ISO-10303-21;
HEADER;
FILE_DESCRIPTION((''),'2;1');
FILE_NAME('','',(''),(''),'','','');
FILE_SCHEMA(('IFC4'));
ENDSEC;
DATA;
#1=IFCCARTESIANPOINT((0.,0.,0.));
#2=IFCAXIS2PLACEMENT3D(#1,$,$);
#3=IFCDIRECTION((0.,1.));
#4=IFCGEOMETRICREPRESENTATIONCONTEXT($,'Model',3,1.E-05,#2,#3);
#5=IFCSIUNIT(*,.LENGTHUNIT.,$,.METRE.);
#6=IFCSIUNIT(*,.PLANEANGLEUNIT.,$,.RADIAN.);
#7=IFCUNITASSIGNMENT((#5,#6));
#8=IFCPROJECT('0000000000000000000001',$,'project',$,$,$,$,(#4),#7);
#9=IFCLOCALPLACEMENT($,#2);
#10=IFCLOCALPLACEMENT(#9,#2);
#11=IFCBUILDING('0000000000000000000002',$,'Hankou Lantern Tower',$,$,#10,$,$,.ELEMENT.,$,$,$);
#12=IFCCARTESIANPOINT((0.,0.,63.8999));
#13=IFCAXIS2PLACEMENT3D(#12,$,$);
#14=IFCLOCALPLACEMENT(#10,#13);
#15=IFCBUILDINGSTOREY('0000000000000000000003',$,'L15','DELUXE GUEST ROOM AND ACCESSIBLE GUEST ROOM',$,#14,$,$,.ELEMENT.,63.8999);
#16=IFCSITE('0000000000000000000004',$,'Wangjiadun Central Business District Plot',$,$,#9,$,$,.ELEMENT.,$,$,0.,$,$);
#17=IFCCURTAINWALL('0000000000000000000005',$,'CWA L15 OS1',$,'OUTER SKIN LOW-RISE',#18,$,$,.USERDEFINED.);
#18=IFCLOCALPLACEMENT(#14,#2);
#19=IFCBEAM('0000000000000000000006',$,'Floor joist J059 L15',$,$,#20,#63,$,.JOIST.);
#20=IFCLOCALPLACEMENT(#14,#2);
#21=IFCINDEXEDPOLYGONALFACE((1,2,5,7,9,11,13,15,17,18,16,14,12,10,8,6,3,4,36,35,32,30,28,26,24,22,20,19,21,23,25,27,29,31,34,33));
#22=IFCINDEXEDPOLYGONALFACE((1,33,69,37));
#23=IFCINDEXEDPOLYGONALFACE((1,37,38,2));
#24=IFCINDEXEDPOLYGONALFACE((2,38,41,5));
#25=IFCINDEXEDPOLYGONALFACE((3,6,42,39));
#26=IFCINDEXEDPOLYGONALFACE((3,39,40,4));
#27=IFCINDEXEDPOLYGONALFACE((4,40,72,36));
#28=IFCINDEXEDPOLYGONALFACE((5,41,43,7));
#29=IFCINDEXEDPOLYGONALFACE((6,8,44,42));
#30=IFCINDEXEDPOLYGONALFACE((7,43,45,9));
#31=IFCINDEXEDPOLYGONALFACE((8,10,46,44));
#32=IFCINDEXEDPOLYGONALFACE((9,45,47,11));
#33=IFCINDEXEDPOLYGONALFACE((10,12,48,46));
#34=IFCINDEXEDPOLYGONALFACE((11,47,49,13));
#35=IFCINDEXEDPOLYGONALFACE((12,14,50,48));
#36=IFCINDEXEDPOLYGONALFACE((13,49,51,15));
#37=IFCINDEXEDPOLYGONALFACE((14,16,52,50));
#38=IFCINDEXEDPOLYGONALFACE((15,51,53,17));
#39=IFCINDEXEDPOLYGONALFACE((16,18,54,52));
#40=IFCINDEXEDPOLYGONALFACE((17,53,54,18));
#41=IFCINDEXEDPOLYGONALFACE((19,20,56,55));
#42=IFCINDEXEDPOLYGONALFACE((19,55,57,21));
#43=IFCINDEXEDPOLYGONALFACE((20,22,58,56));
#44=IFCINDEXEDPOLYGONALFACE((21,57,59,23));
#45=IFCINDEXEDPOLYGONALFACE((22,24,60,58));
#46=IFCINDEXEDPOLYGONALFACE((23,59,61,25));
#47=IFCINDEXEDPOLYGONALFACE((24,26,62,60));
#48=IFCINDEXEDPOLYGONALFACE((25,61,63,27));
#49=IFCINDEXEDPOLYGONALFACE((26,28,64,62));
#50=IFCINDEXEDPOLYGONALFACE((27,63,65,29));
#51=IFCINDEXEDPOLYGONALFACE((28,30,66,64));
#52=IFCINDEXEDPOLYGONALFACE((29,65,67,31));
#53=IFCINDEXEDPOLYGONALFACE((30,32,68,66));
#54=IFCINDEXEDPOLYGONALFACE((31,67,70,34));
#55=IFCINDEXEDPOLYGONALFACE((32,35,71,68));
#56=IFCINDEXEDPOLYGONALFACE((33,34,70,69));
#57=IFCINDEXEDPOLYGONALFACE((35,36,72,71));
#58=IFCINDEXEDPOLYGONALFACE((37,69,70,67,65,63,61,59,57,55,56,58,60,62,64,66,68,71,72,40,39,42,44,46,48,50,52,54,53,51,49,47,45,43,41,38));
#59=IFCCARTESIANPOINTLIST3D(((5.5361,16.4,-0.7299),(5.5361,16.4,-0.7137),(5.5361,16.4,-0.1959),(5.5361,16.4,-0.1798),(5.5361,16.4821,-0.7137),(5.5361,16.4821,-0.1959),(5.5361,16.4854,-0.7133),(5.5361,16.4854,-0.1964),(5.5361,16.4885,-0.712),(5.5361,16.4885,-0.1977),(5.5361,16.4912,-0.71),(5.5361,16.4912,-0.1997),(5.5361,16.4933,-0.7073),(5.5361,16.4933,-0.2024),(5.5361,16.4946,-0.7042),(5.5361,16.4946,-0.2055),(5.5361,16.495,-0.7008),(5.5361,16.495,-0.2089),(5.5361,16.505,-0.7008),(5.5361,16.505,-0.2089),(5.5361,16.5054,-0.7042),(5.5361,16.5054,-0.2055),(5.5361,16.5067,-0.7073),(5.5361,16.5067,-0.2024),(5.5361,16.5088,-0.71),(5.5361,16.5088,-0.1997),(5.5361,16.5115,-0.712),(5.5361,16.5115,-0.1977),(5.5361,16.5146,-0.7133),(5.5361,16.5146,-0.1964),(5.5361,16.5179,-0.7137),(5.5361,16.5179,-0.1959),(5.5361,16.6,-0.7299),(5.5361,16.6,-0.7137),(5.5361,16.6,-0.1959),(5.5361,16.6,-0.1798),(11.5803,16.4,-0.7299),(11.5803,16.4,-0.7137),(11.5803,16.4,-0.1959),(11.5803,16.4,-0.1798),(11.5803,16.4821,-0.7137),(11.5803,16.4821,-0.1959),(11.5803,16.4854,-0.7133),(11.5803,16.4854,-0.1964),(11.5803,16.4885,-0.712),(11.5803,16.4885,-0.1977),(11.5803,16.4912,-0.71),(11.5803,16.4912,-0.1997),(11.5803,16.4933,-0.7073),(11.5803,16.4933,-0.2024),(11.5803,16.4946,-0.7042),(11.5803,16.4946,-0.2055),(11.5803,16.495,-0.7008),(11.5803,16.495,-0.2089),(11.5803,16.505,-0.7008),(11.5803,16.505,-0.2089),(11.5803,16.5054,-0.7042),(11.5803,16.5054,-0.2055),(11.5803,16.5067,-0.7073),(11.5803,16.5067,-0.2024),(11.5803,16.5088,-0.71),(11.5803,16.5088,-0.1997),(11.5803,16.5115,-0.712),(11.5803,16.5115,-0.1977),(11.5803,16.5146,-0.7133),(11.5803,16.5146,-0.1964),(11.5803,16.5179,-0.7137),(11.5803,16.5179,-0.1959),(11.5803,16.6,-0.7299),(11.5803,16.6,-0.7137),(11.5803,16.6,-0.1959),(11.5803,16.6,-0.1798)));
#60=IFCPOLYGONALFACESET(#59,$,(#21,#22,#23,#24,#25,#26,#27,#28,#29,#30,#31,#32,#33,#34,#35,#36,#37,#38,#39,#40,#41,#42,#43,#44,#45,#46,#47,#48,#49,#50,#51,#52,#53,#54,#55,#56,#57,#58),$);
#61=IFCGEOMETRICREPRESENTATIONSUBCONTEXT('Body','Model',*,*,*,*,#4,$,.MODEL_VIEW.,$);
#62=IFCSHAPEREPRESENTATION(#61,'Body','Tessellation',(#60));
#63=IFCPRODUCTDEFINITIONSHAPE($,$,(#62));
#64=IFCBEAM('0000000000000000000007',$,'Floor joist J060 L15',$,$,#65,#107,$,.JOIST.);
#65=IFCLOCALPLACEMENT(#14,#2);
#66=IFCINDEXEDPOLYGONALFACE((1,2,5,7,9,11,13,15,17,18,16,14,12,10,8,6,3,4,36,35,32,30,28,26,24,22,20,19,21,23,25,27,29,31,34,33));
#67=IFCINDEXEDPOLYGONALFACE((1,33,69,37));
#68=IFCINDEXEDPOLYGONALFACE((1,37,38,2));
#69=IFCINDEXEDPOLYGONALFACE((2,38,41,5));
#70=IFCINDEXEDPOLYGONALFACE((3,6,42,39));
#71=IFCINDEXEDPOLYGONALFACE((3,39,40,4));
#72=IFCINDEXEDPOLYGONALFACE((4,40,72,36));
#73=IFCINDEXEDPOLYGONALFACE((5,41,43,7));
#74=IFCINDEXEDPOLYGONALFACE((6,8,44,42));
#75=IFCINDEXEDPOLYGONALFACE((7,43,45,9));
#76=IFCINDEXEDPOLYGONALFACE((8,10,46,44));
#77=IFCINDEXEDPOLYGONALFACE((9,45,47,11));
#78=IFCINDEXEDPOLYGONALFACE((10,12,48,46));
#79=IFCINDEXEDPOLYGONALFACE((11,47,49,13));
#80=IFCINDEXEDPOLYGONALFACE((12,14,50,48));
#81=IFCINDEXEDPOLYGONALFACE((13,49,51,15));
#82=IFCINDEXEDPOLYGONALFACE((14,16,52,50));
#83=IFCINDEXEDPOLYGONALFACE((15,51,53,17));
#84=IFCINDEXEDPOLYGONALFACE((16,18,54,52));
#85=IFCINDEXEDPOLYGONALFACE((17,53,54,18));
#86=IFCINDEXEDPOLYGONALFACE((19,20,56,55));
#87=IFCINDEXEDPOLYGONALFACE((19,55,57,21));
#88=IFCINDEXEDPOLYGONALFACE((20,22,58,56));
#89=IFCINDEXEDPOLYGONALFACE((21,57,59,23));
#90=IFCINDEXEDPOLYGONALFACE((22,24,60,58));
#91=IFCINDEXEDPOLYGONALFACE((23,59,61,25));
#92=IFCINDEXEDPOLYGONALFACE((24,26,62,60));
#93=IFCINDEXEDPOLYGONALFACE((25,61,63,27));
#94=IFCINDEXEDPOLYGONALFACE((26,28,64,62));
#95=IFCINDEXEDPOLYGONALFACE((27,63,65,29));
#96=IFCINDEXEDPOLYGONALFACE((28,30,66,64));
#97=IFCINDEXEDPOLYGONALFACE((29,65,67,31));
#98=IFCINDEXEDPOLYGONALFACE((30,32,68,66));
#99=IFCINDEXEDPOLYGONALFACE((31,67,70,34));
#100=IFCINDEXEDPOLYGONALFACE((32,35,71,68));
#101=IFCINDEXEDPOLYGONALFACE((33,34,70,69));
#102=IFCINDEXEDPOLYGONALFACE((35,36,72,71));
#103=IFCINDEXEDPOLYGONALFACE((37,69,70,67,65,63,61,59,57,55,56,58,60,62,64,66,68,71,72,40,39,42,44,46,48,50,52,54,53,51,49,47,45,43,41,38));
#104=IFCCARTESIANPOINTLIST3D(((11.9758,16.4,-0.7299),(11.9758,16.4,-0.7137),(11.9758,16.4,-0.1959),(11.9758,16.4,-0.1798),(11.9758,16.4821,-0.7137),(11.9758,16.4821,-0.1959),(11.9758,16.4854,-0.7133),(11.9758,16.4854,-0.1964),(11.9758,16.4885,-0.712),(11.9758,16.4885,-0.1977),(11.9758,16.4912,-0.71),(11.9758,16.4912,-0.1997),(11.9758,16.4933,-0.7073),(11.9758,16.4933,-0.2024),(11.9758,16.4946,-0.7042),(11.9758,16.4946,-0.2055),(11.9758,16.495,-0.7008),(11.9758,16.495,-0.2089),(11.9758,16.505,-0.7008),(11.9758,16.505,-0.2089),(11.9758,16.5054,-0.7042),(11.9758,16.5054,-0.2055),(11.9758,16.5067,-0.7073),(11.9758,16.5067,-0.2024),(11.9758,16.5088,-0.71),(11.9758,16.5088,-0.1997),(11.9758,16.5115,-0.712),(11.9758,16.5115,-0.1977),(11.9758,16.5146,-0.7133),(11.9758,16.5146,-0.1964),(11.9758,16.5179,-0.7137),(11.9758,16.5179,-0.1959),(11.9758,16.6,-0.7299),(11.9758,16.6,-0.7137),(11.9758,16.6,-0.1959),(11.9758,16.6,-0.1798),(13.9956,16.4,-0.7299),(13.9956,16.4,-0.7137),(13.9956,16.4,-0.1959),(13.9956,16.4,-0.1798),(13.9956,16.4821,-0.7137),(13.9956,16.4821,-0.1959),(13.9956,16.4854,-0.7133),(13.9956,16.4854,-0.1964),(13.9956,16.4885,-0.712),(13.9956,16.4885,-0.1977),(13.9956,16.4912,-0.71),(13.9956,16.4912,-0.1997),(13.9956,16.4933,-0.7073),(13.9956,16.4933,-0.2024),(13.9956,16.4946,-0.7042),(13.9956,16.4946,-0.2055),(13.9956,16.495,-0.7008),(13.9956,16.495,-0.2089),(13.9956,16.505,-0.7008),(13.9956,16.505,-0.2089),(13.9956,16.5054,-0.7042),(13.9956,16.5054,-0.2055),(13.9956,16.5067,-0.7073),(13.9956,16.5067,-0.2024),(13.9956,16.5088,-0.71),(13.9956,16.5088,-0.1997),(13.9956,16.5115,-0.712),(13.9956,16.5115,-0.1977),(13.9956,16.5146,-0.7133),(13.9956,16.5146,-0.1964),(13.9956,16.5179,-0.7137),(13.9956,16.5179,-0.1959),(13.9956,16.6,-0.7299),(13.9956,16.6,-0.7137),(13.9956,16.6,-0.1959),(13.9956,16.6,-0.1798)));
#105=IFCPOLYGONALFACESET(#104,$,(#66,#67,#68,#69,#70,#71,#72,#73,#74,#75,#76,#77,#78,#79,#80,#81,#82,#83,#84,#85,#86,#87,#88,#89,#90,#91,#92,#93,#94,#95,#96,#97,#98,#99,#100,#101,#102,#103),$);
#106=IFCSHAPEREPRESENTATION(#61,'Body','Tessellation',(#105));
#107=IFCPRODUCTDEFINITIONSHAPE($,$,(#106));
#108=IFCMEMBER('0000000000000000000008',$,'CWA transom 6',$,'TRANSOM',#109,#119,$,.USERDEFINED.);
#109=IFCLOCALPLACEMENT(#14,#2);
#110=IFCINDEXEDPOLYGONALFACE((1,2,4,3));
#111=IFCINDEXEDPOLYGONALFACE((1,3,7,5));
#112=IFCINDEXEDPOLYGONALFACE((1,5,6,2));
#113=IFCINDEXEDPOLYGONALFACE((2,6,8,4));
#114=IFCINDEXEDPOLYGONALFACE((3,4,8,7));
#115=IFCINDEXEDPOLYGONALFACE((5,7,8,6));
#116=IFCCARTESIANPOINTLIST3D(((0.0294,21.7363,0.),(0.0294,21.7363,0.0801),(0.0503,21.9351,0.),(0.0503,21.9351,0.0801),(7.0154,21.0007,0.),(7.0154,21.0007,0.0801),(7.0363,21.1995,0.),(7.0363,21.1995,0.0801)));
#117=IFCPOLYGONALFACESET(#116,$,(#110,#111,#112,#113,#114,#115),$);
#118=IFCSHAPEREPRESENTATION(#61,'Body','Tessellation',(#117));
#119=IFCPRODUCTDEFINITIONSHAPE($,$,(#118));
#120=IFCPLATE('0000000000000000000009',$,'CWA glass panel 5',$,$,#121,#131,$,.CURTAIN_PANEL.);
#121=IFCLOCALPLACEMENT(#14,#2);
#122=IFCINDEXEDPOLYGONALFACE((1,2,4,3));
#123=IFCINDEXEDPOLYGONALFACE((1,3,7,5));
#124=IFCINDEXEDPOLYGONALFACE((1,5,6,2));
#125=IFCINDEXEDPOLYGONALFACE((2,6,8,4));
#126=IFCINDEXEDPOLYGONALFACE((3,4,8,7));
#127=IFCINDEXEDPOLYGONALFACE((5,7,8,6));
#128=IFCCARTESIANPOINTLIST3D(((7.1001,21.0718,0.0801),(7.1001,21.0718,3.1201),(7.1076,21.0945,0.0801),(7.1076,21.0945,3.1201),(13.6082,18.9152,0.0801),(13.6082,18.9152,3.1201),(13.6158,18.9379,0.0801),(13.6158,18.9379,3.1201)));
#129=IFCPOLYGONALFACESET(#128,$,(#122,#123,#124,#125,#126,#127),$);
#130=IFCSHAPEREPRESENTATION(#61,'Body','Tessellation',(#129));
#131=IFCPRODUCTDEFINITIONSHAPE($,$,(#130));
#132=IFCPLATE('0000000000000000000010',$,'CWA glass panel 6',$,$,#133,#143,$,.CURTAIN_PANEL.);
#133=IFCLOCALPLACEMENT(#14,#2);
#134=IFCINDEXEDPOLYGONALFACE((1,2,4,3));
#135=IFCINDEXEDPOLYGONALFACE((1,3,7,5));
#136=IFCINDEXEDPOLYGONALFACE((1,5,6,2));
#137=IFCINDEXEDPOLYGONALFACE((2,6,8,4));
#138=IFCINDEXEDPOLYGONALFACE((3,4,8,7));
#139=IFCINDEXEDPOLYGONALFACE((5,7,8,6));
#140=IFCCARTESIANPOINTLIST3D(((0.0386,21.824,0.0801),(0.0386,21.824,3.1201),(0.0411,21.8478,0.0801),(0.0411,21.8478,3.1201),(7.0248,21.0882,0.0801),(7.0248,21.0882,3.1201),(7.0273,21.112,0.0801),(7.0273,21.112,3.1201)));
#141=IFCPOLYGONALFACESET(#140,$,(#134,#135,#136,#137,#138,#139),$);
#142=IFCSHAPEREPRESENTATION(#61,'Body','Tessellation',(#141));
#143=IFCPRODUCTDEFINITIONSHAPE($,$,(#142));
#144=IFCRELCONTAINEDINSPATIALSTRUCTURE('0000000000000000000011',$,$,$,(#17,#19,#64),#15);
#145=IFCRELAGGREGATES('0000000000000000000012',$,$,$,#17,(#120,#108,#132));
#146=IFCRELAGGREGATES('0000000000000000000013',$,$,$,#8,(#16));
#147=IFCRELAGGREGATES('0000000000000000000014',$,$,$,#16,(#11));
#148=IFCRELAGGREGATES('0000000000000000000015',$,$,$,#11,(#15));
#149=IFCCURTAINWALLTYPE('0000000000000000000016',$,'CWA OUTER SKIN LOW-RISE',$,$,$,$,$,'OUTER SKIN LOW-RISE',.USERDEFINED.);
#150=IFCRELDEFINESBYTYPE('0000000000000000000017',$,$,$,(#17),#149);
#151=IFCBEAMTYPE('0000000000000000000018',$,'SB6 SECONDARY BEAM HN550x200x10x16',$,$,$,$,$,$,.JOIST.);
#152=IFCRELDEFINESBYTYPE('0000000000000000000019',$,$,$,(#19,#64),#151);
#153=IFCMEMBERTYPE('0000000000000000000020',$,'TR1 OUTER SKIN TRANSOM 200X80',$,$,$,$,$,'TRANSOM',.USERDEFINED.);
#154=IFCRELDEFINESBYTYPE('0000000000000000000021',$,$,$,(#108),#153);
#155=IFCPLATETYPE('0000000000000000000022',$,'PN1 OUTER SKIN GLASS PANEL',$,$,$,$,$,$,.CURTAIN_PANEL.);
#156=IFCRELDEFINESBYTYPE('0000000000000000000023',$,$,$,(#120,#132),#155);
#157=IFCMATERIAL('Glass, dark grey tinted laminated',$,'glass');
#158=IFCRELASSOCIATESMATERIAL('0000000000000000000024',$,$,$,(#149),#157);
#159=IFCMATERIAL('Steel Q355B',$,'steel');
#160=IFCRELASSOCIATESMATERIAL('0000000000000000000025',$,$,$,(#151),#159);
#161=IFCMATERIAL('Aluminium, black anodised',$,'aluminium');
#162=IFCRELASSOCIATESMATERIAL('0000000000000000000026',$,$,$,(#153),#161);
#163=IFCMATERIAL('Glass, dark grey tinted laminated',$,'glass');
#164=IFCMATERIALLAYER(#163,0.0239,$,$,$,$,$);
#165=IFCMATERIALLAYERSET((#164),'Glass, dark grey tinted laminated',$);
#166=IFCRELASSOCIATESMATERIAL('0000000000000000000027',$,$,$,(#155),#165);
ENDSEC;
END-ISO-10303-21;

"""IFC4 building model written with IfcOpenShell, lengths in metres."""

from ifc_helpers import new_model, si_unit, direction, frame, origin, origin_2d, place, context, subcontext, project, spatial, rectangle, i_section, extrude, material, layer, layer_set, material_profile, profile_set, type_object, element, aggregate, save


model = new_model("IFC4")

# Units and contexts
model_context = context("Model", 3, precision=1e-05, world=origin(), true_north=direction((0.0, 1.0)))
body_context = subcontext(model_context, "Body", "Model", "MODEL_VIEW")
ifc_project = project(units=[si_unit("LENGTHUNIT", "METRE"), si_unit("PLANEANGLEUNIT", "RADIAN")], contexts=[model_context])

# Site, building, storey
site_placement = place(None, origin())
site = spatial("IfcSite", under=ifc_project, at=site_placement, Name="Wangjiadun Central Business District Plot", CompositionType="ELEMENT", RefElevation=0.0)
building_placement = place(site_placement, origin())
building = spatial("IfcBuilding", under=site, at=building_placement, Name="Hankou Lantern Tower", CompositionType="ELEMENT")
storey_placement = place(building_placement, frame((0.0, 0.0, 63.8999)))
storey = spatial("IfcBuildingStorey", under=building, at=storey_placement, Name="L15", Description="DELUXE GUEST ROOM AND ACCESSIBLE GUEST ROOM", CompositionType="ELEMENT", Elevation=63.8999)

# Curtain wall
ifc_material_1 = material(Name="Glass, dark grey tinted laminated", Category="glass")
curtain_wall_type = type_object("IfcCurtainWallType", Name="CWA OUTER SKIN LOW-RISE", ElementType="OUTER SKIN LOW-RISE", PredefinedType="USERDEFINED", material=ifc_material_1)
curtain_wall_1_placement = place(storey_placement, origin())
curtain_wall_1 = element("IfcCurtainWall", 1, at=curtain_wall_1_placement, inside=storey, type_object=curtain_wall_type, Name="CWA L15 OS1", ObjectType="OUTER SKIN LOW-RISE", PredefinedType="USERDEFINED")

# Beams
ifc_material_2 = material(Name="Steel Q355B", Category="steel")
ifc_material_profile_1 = material_profile(ifc_material_2, i_section(OverallWidth=0.2, OverallDepth=0.55, WebThickness=0.01, FlangeThickness=0.0161, FilletRadius=0.0129, at=origin_2d()), Name="HN550x200x10x16")
ifc_profile_set_1 = profile_set([ifc_material_profile_1], Name="Steel Q355B")
beam_type_1 = type_object("IfcBeamType", Name="SB6 SECONDARY BEAM HN550x200x10x16", PredefinedType="JOIST", material=ifc_profile_set_1)
beam_1_placement = place(storey_placement, frame((5.5361, 16.5, -0.4548), z_axis=(1.0, 0.0, 0.0), x_axis=(0.0, 1.0, 0.0)))
element("IfcBeam", 2, at=beam_1_placement, inside=storey, type_object=beam_type_1, Name="Floor joist J059 L15", PredefinedType="JOIST", context=body_context, shape_type="SweptSolid", body=[
    extrude(i_section(OverallWidth=0.2, OverallDepth=0.55, WebThickness=0.01, FlangeThickness=0.0161, FilletRadius=0.0129, at=origin_2d()), origin(), (0.0, 0.0, 1.0), 6.0442),
])
beam_2_placement = place(storey_placement, frame((11.9758, 16.5, -0.4548), z_axis=(1.0, 0.0, 0.0), x_axis=(0.0, 1.0, 0.0)))
element("IfcBeam", 3, at=beam_2_placement, inside=storey, type_object=beam_type_1, Name="Floor joist J060 L15", PredefinedType="JOIST", context=body_context, shape_type="SweptSolid", body=[
    extrude(i_section(OverallWidth=0.2, OverallDepth=0.55, WebThickness=0.01, FlangeThickness=0.0161, FilletRadius=0.0129, at=origin_2d()), origin(), (0.0, 0.0, 1.0), 2.0198),
])

# Member
ifc_material_3 = material(Name="Aluminium, black anodised", Category="aluminium")
ifc_material_profile_2 = material_profile(ifc_material_3, rectangle(XDim=0.2, YDim=0.0801, at=origin_2d()), Name="TR1 200X80")
ifc_profile_set_2 = profile_set([ifc_material_profile_2], Name="Aluminium, black anodised")
member_type_1 = type_object("IfcMemberType", Name="TR1 OUTER SKIN TRANSOM 200X80", ElementType="TRANSOM", PredefinedType="USERDEFINED", material=ifc_profile_set_2)
member_1_placement = place(storey_placement, frame((7.0259, 21.1001, 0.04), z_axis=(-0.994502, 0.104716, 0.0), x_axis=(-0.104716, -0.994502, 0.0)))
member_1 = element("IfcMember", 4, at=member_1_placement, type_object=member_type_1, Name="CWA transom 6", ObjectType="TRANSOM", PredefinedType="USERDEFINED", context=body_context, shape_type="SweptSolid", body=[
    extrude(rectangle(XDim=0.2, YDim=0.0801, at=origin_2d()), origin(), (0.0, 0.0, 1.0), 7.0247),
])

# Plates
ifc_material_4 = material(Name="Glass, dark grey tinted laminated", Category="glass")
ifc_layer_1 = layer(ifc_material_4, 0.0239)
ifc_layer_set_1 = layer_set([ifc_layer_1], Name="Glass, dark grey tinted laminated")
plate_type = type_object("IfcPlateType", Name="PN1 OUTER SKIN GLASS PANEL", PredefinedType="CURTAIN_PANEL", material=ifc_layer_set_1)
plate_1_placement = place(storey_placement, frame((10.3579, 20.0049, 0.0801), z_axis=(0.0, 0.0, 1.0), x_axis=(-0.949241, 0.314551, 0.0)))
plate_1 = element("IfcPlate", 5, at=plate_1_placement, type_object=plate_type, Name="CWA glass panel 5", PredefinedType="CURTAIN_PANEL", context=body_context, shape_type="SweptSolid", body=[
    extrude(rectangle(XDim=6.8562, YDim=0.0239, at=origin_2d()), origin(), (0.0, 0.0, 1.0), 3.04),
])
plate_2_placement = place(storey_placement, frame((3.533, 21.468, 0.0801), z_axis=(0.0, 0.0, 1.0), x_axis=(-0.994499, 0.104743, 0.0)))
plate_2 = element("IfcPlate", 6, at=plate_2_placement, type_object=plate_type, Name="CWA glass panel 6", PredefinedType="CURTAIN_PANEL", context=body_context, shape_type="SweptSolid", body=[
    extrude(rectangle(XDim=7.0249, YDim=0.0239, at=origin_2d()), origin(), (0.0, 0.0, 1.0), 3.04),
])
aggregate(curtain_wall_1, [plate_1, member_1, plate_2])

save(model, "model.ifc")
